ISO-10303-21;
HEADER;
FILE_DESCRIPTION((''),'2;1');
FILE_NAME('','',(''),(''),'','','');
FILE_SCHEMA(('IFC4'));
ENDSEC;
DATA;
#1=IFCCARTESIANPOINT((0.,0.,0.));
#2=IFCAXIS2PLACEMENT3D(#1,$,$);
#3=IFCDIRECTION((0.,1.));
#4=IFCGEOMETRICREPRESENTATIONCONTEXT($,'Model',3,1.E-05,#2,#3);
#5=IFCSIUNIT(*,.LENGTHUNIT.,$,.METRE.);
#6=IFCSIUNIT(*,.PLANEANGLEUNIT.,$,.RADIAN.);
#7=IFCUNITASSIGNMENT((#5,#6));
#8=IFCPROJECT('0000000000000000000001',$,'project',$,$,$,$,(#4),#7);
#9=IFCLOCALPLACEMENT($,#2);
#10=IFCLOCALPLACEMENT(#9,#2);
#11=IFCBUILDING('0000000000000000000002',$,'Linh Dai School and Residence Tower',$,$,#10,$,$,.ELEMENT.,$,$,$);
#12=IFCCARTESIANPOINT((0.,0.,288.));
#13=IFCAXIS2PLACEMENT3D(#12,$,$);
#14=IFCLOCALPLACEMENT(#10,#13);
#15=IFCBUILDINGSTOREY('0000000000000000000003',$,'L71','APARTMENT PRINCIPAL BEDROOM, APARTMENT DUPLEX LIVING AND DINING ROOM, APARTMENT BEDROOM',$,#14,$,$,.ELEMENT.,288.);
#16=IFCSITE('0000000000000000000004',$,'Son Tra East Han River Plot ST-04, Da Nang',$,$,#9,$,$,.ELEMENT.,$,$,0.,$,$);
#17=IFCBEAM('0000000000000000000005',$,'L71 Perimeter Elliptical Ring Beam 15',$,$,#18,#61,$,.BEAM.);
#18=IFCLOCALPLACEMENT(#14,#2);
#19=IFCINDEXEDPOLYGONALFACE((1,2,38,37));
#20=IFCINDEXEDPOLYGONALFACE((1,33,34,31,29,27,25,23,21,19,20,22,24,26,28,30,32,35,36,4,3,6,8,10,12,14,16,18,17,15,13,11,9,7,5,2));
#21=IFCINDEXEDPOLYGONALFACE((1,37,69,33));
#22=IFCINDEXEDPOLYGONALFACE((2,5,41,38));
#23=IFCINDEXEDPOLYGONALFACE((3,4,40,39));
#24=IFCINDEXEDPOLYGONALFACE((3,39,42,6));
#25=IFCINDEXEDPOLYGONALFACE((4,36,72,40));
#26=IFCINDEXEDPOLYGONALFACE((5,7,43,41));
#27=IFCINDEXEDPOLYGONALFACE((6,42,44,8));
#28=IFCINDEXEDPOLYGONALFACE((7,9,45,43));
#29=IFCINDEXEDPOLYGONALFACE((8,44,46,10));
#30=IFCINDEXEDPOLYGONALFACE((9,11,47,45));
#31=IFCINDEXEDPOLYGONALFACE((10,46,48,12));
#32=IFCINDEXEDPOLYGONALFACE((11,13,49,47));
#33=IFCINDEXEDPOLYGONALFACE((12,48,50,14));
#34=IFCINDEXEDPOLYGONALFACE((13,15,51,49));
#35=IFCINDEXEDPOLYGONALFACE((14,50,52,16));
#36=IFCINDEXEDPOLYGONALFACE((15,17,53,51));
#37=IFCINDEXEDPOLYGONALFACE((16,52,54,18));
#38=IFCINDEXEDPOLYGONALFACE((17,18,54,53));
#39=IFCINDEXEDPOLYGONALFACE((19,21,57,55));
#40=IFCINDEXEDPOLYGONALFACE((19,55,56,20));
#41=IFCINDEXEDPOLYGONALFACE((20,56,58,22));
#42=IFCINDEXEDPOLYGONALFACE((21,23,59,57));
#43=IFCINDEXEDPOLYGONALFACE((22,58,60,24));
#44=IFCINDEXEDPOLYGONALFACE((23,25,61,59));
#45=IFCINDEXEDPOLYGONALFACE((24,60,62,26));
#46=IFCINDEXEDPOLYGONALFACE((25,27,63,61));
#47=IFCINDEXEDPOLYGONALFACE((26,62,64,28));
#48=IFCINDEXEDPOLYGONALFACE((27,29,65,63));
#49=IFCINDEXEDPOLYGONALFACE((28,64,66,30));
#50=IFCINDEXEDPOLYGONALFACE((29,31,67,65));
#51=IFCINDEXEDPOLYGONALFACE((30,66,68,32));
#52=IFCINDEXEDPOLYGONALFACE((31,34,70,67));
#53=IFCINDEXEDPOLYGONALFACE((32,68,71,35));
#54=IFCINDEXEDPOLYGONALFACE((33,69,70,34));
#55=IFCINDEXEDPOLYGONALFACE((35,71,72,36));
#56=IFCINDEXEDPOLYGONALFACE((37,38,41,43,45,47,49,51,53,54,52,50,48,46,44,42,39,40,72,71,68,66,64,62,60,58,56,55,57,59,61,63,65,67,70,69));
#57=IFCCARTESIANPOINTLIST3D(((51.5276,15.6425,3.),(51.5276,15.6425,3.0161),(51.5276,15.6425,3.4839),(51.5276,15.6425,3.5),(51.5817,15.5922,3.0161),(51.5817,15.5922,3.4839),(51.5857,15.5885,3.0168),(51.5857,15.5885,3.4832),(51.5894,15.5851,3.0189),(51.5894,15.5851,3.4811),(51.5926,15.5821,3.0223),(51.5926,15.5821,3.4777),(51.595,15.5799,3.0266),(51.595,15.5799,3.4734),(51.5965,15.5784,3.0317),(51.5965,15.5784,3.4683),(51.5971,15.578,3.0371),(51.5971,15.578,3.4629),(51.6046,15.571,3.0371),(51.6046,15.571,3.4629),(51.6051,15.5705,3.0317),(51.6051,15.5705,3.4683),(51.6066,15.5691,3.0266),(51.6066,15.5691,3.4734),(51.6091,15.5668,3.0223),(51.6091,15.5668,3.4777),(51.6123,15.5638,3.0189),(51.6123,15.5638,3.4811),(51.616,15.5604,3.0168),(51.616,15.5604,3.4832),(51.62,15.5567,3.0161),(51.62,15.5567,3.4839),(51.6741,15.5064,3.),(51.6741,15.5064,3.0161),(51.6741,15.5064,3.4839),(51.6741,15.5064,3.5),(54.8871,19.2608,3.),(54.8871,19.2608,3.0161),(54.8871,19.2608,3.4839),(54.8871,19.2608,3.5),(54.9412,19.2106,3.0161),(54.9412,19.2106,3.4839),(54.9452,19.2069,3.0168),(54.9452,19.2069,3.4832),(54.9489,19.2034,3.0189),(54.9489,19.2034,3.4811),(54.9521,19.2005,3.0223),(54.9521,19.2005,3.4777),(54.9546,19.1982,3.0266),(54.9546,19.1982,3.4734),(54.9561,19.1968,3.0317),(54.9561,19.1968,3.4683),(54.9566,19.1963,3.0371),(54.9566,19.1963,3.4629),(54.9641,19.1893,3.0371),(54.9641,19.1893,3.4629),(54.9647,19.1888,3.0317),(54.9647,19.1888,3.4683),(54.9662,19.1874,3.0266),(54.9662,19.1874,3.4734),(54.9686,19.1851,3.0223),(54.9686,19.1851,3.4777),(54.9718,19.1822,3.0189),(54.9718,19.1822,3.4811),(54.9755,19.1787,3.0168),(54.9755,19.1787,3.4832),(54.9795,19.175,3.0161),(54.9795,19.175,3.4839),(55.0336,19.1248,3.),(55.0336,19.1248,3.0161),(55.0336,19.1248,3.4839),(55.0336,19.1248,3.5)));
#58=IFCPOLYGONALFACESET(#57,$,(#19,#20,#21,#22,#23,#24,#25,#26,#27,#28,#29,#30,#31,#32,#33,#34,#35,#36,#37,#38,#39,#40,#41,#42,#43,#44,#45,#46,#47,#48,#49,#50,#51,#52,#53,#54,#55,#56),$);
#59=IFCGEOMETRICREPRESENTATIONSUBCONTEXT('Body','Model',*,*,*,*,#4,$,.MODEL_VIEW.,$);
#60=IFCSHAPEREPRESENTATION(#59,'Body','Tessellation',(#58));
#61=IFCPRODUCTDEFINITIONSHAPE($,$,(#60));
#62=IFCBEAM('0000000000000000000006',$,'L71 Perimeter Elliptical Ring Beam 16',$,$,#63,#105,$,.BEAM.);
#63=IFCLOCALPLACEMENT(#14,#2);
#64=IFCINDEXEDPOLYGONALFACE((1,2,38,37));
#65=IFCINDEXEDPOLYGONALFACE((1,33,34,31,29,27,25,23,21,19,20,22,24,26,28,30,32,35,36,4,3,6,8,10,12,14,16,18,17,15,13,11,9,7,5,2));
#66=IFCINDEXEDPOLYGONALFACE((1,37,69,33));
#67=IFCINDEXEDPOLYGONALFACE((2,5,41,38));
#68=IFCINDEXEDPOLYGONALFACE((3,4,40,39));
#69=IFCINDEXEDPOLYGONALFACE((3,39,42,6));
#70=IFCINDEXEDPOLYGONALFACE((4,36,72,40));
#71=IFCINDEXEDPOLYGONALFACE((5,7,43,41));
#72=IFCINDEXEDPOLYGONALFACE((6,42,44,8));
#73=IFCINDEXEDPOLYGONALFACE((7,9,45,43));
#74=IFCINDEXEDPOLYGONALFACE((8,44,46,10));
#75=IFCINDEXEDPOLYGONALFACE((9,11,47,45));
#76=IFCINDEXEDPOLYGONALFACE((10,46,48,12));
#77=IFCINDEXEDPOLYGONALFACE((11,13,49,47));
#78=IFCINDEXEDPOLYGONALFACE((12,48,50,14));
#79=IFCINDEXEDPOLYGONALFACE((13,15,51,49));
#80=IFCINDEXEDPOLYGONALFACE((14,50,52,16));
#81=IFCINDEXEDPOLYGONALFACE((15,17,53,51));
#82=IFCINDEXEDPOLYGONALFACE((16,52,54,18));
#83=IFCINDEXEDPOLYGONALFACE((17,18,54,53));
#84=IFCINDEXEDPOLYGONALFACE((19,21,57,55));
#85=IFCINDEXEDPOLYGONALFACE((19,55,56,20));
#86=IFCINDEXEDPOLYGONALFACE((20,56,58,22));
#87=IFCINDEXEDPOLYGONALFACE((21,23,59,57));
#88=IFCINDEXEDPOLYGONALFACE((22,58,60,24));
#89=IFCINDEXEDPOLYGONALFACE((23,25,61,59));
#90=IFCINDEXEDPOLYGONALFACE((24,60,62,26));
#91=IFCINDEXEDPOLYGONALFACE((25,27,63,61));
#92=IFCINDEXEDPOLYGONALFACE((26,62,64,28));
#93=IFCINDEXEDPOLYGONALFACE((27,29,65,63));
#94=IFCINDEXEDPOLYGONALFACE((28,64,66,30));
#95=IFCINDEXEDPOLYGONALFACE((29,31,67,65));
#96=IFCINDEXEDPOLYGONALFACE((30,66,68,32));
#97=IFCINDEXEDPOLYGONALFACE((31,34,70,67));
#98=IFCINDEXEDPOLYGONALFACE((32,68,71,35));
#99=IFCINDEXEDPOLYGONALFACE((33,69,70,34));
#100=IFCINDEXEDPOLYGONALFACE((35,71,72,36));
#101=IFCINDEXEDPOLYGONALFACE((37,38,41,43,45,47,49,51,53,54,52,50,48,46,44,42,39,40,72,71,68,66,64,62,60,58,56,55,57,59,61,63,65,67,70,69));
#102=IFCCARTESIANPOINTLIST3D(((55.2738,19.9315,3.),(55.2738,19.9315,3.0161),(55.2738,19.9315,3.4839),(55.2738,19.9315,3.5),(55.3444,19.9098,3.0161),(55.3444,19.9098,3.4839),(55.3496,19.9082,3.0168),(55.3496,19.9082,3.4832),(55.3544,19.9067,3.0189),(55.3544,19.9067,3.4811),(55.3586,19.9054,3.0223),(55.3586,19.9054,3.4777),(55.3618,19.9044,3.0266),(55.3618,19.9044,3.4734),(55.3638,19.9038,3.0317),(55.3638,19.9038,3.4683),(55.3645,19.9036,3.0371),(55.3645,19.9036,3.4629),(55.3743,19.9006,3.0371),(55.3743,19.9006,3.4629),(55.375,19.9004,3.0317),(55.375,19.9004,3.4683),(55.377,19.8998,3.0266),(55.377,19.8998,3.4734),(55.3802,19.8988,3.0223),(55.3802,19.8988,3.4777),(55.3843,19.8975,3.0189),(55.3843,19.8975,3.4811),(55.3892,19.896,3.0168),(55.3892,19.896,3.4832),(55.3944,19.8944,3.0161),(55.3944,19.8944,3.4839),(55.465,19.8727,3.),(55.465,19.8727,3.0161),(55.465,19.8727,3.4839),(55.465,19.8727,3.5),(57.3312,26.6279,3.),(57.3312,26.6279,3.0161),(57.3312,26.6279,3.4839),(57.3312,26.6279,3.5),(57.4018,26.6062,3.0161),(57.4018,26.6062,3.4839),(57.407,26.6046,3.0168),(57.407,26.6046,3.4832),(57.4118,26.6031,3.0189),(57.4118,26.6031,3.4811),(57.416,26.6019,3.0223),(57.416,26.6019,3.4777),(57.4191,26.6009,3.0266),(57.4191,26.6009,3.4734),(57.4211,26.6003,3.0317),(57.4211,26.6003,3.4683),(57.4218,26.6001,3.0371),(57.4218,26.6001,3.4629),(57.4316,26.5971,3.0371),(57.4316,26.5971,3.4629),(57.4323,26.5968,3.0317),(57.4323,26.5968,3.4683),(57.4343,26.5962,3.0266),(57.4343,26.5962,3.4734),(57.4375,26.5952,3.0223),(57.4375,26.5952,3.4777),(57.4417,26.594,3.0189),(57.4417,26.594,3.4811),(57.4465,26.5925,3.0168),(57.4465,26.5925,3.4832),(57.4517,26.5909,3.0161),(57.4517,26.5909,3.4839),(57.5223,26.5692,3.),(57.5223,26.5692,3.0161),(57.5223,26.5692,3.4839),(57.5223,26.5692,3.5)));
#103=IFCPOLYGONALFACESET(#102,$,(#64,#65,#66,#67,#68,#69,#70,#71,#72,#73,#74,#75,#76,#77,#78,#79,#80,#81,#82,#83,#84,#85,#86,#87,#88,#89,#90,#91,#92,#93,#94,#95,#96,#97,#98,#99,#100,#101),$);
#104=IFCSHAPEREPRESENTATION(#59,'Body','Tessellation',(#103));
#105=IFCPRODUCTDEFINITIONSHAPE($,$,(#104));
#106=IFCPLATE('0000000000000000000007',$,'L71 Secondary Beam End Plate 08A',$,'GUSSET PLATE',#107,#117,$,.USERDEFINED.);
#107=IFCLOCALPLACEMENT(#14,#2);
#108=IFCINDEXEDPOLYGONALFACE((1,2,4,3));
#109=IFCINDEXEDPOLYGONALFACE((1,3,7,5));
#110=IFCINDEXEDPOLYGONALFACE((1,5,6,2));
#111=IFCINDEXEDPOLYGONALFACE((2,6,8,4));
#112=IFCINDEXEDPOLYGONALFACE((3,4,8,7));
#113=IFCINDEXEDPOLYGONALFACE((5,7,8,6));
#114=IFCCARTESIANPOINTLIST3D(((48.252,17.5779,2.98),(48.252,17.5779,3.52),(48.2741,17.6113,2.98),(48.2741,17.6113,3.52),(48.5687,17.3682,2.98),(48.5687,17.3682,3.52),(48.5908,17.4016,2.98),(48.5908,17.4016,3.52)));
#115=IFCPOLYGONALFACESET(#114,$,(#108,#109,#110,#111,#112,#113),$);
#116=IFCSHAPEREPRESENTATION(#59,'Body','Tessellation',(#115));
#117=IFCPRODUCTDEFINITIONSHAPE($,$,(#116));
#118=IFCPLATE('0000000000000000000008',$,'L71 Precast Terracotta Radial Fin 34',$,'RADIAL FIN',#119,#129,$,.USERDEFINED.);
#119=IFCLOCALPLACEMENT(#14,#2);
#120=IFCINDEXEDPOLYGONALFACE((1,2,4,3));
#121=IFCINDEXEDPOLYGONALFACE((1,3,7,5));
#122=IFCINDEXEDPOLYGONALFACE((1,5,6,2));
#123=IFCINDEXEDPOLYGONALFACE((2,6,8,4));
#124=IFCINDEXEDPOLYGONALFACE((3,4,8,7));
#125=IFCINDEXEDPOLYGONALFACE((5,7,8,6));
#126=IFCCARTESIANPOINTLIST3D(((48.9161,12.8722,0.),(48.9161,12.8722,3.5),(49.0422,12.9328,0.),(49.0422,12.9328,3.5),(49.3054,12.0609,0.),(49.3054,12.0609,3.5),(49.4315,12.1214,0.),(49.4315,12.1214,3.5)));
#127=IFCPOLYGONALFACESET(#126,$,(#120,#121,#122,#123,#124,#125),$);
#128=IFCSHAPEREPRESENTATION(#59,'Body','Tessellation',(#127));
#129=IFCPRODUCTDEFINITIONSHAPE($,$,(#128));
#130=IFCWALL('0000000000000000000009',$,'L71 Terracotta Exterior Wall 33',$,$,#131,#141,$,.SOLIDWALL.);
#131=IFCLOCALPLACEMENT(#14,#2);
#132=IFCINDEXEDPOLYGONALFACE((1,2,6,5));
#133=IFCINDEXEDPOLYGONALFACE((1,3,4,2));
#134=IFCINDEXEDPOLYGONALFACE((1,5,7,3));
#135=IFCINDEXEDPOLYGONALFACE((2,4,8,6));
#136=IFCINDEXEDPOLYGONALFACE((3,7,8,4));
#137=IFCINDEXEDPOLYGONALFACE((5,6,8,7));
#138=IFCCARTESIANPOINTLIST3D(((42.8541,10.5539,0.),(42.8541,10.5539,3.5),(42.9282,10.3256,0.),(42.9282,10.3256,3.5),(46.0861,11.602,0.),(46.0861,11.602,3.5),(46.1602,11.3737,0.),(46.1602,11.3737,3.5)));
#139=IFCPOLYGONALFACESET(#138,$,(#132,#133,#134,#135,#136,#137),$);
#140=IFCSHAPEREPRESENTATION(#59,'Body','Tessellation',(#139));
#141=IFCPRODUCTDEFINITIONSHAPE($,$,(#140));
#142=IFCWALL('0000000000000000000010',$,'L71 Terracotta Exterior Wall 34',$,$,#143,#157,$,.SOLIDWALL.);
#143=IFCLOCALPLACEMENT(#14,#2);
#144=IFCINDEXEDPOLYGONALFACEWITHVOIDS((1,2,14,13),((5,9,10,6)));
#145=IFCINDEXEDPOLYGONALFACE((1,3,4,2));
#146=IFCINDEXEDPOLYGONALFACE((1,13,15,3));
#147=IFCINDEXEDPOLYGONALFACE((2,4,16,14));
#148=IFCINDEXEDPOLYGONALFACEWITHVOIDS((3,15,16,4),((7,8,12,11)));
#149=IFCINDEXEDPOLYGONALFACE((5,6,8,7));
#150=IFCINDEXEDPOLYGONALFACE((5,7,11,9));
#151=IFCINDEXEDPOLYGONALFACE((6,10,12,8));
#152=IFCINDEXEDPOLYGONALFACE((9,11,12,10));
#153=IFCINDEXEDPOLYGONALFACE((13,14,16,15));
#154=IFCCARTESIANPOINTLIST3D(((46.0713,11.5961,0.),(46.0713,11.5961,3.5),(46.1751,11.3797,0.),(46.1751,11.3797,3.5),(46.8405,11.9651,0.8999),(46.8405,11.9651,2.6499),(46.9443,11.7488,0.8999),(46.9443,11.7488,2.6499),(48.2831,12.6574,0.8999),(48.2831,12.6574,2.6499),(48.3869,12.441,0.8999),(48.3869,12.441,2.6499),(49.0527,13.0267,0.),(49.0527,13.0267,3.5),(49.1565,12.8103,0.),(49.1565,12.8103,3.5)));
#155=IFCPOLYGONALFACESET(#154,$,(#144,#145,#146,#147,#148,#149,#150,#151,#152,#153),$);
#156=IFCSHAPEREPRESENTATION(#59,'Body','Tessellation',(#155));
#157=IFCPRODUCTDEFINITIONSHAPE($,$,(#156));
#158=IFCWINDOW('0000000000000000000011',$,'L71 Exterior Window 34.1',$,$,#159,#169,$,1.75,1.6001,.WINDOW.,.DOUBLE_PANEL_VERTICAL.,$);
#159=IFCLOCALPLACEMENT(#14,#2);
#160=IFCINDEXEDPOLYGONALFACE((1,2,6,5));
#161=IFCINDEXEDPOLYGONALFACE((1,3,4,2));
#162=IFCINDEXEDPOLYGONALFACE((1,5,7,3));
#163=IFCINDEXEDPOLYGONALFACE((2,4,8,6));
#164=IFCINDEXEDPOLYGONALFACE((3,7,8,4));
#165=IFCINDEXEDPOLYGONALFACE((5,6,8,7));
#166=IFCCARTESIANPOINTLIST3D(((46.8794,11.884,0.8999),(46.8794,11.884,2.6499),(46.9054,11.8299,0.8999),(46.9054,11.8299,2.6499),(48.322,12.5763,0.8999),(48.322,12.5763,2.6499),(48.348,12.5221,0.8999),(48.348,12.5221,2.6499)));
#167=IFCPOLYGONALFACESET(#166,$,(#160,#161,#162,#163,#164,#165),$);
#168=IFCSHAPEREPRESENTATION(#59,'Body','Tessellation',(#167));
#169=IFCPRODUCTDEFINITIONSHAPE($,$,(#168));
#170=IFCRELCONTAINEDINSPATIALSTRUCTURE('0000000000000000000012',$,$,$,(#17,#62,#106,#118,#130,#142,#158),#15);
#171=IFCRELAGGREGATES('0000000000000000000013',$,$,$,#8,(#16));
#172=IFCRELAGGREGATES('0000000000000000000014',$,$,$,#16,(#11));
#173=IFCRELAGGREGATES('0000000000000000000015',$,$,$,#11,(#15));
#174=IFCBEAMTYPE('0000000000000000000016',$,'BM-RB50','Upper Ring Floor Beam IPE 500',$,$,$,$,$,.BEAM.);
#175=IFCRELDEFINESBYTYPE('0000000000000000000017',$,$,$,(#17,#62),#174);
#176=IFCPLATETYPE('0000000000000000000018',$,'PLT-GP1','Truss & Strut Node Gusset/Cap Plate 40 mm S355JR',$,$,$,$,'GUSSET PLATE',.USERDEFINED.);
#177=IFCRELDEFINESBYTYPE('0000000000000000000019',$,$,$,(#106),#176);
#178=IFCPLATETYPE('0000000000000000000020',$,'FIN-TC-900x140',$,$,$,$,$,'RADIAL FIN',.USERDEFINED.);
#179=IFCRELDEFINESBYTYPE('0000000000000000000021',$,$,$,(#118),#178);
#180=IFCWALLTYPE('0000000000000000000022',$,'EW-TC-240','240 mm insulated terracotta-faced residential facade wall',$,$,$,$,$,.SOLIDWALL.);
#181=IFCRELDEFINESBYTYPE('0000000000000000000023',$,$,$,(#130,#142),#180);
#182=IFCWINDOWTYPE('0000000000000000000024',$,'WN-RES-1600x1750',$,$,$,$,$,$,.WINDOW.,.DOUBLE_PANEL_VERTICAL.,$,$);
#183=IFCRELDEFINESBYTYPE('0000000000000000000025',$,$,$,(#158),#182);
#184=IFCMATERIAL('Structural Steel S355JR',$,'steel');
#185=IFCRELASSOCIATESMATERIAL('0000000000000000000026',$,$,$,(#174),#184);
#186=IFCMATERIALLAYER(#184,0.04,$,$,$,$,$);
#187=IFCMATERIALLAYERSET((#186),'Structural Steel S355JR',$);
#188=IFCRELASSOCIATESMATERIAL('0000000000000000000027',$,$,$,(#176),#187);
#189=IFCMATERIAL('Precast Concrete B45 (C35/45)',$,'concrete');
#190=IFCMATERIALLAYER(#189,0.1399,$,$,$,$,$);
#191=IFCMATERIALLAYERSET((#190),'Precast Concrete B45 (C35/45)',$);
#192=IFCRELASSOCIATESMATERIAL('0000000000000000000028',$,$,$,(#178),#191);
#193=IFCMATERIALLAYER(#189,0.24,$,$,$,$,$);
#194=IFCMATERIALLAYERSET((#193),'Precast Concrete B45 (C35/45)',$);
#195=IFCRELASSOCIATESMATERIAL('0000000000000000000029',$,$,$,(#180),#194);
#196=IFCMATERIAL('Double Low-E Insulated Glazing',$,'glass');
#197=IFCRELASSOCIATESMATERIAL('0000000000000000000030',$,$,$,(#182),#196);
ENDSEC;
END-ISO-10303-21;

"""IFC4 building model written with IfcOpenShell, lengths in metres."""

from ifc_helpers import new_model, si_unit, direction, frame, frame_2d, origin, origin_2d, place, context, subcontext, project, spatial, rectangle, i_section, extrude, source, transform, mapped, material, layer, layer_set, material_profile, profile_set, type_object, element, fill, save


model = new_model("IFC4")

# Units and contexts
model_context = context("Model", 3, precision=1e-05, world=origin(), true_north=direction((0.0, 1.0)))
body_context = subcontext(model_context, "Body", "Model", "MODEL_VIEW")
ifc_project = project(units=[si_unit("LENGTHUNIT", "METRE"), si_unit("PLANEANGLEUNIT", "RADIAN")], contexts=[model_context])

# Site, building, storey
site_placement = place(None, origin())
site = spatial("IfcSite", under=ifc_project, at=site_placement, Name="Son Tra East Han River Plot ST-04, Da Nang", CompositionType="ELEMENT", RefElevation=0.0)
building_placement = place(site_placement, origin())
building = spatial("IfcBuilding", under=site, at=building_placement, Name="Linh Dai School and Residence Tower", CompositionType="ELEMENT")
storey_placement = place(building_placement, frame((0.0, 0.0, 288.0)))
storey = spatial("IfcBuildingStorey", under=building, at=storey_placement, Name="L71", Description="APARTMENT PRINCIPAL BEDROOM, APARTMENT DUPLEX LIVING AND DINING ROOM, APARTMENT BEDROOM", CompositionType="ELEMENT", Elevation=288.0)

# Shared definitions
ifc_material_1 = material(Name="Structural Steel S355JR", Category="steel")

# Beams
ifc_material_profile_1 = material_profile(ifc_material_1, i_section(OverallWidth=0.2, OverallDepth=0.5, WebThickness=0.0103, FlangeThickness=0.0161, FilletRadius=0.021, at=origin_2d()), Name="IPE 500")
ifc_profile_set_1 = profile_set([ifc_material_profile_1], Name="Structural Steel S355JR")
beam_type_1 = type_object("IfcBeamType", Name="BM-RB50", Description="Upper Ring Floor Beam IPE 500", PredefinedType="BEAM", material=ifc_profile_set_1)
beam_1_placement = place(storey_placement, frame((51.6008, 15.5745, 3.25), z_axis=(0.680415, 0.732827, 0.0), x_axis=(-0.732827, 0.680415, 0.0)))
element("IfcBeam", 1, at=beam_1_placement, inside=storey, type_object=beam_type_1, Name="L71 Perimeter Elliptical Ring Beam 15", PredefinedType="BEAM", context=body_context, shape_type="SweptSolid", body=[
    extrude(i_section(OverallWidth=0.2, OverallDepth=0.5, WebThickness=0.0103, FlangeThickness=0.0161, FilletRadius=0.021, at=origin_2d()), origin(), (0.0, 0.0, 1.0), 4.9375),
])
beam_2_placement = place(storey_placement, frame((55.3694, 19.9021, 3.25), z_axis=(0.293682, 0.955903, 0.0), x_axis=(-0.955903, 0.293682, 0.0)))
element("IfcBeam", 2, at=beam_2_placement, inside=storey, type_object=beam_type_1, Name="L71 Perimeter Elliptical Ring Beam 16", PredefinedType="BEAM", context=body_context, shape_type="SweptSolid", body=[
    extrude(i_section(OverallWidth=0.2, OverallDepth=0.5, WebThickness=0.0103, FlangeThickness=0.0161, FilletRadius=0.021, at=origin_2d()), origin(), (0.0, 0.0, 1.0), 7.0054),
])

# Plates
ifc_layer_1 = layer(ifc_material_1, 0.04)
ifc_layer_set_1 = layer_set([ifc_layer_1], Name="Structural Steel S355JR")
plate_type_1 = type_object("IfcPlateType", Name="PLT-GP1", Description="Truss & Strut Node Gusset/Cap Plate 40 mm S355JR", ElementType="GUSSET PLATE", PredefinedType="USERDEFINED", material=ifc_layer_set_1)
shared_shape_1 = source(origin(), body_context, "Body", "SweptSolid", [
    extrude(rectangle(XDim=0.04, YDim=0.3799, at=origin_2d()), origin(), (0.0, 0.0, 1.0), 0.54),
])
plate_1_placement = place(storey_placement, frame((48.4214, 17.4897, 2.98), z_axis=(0.0, 0.0, 1.0), x_axis=(0.552122, 0.833763, 0.0)))
element("IfcPlate", 3, at=plate_1_placement, inside=storey, type_object=plate_type_1, Name="L71 Secondary Beam End Plate 08A", ObjectType="GUSSET PLATE", PredefinedType="USERDEFINED", context=body_context, shape_type="MappedRepresentation", body=[
    mapped(shared_shape_1, transform((0.0, 0.0, 0.0), x_axis=(1.0, 0.0, 0.0), y_axis=(0.0, 1.0, 0.0), z_axis=(0.0, 0.0, 1.0), scale=1.0)),
])
ifc_material_2 = material(Name="Precast Concrete B45 (C35/45)", Category="concrete")
ifc_layer_2 = layer(ifc_material_2, 0.1399)
ifc_layer_set_2 = layer_set([ifc_layer_2], Name="Precast Concrete B45 (C35/45)")
plate_type_2 = type_object("IfcPlateType", Name="FIN-TC-900x140", ElementType="RADIAL FIN", PredefinedType="USERDEFINED", material=ifc_layer_set_2)
shared_shape_2 = source(origin(), body_context, "Body", "SweptSolid", [
    extrude(rectangle(XDim=0.8999, YDim=0.1399, at=origin_2d()), origin(), (0.0, 0.0, 1.0), 3.5),
])
plate_2_placement = place(storey_placement, frame((49.1738, 12.4968, 0.0), z_axis=(0.0, 0.0, 1.0), x_axis=(0.432612, -0.90158, 0.0)))
element("IfcPlate", 4, at=plate_2_placement, inside=storey, type_object=plate_type_2, Name="L71 Precast Terracotta Radial Fin 34", ObjectType="RADIAL FIN", PredefinedType="USERDEFINED", context=body_context, shape_type="MappedRepresentation", body=[
    mapped(shared_shape_2, transform((0.0, 0.0, 0.0), x_axis=(1.0, 0.0, 0.0), y_axis=(0.0, 1.0, 0.0), z_axis=(0.0, 0.0, 1.0), scale=1.0)),
])

# Wall
ifc_layer_3 = layer(ifc_material_2, 0.24)
ifc_layer_set_3 = layer_set([ifc_layer_3], Name="Precast Concrete B45 (C35/45)")
wall_type_1 = type_object("IfcWallType", Name="EW-TC-240", Description="240 mm insulated terracotta-faced residential facade wall", PredefinedType="SOLIDWALL", material=ifc_layer_set_3)
wall_1_placement = place(storey_placement, frame((46.123, 11.4878, 0.0), z_axis=(0.0, 0.0, 1.0), x_axis=(-0.951231, -0.308478, 0.0)))
element("IfcWall", 5, at=wall_1_placement, inside=storey, type_object=wall_type_1, Name="L71 Terracotta Exterior Wall 33", PredefinedType="SOLIDWALL", context=body_context, shape_type="SweptSolid", body=[
    extrude(rectangle(XDim=3.3977, YDim=0.24, at=frame_2d((1.6987, 0.0))), origin(), (0.0, 0.0, 1.0), 3.5),
])

# Wall, opening, window
wall_2_placement = place(storey_placement, frame((49.1045, 12.9185, 0.0), z_axis=(0.0, 0.0, 1.0), x_axis=(-0.901574, -0.432625, 0.0)))
wall_2 = element("IfcWall", 6, at=wall_2_placement, inside=storey, type_object=wall_type_1, Name="L71 Terracotta Exterior Wall 34", PredefinedType="SOLIDWALL", context=body_context, shape_type="SweptSolid", body=[
    extrude(rectangle(XDim=3.3069, YDim=0.24, at=frame_2d((1.6533, 0.0))), origin(), (0.0, 0.0, 1.0), 3.5),
])
opening_1_placement = place(wall_2_placement, frame((0.8535, 0.0, 0.8999)))
opening_1 = element("IfcOpeningElement", 7, at=opening_1_placement, cuts=wall_2, PredefinedType="OPENING", context=body_context, shape_type="SweptSolid", body=[
    extrude(rectangle(XDim=1.6001, YDim=1.75, at=origin_2d()), frame((0.8, 0.1299, 0.875), z_axis=(0.0, -1.0, 0.0), x_axis=(1.0, 0.0, 0.0)), (0.0, 0.0, 1.0), 0.26),
])
ifc_material_3 = material(Name="Double Low-E Insulated Glazing", Category="glass")
window_type_1 = type_object("IfcWindowType", Name="WN-RES-1600x1750", PartitioningType="DOUBLE_PANEL_VERTICAL", PredefinedType="WINDOW", material=ifc_material_3)
shared_shape_3 = source(origin(), body_context, "Body", "SweptSolid", [
    extrude(rectangle(XDim=1.6001, YDim=1.75, at=origin_2d()), frame((0.8, 0.03, 0.875), z_axis=(0.0, -1.0, 0.0), x_axis=(1.0, 0.0, 0.0)), (0.0, 0.0, 1.0), 0.0601),
])
window_1_placement = place(opening_1_placement, origin())
window_1 = element("IfcWindow", 8, at=window_1_placement, inside=storey, type_object=window_type_1, Name="L71 Exterior Window 34.1", OverallHeight=1.75, OverallWidth=1.6001, PartitioningType="DOUBLE_PANEL_VERTICAL", PredefinedType="WINDOW", context=body_context, shape_type="MappedRepresentation", body=[
    mapped(shared_shape_3, transform((0.0, 0.0, 0.0), x_axis=(1.0, 0.0, 0.0), y_axis=(0.0, 1.0, 0.0), z_axis=(0.0, 0.0, 1.0), scale=1.0)),
])
fill(opening_1, window_1)

save(model, "model.ifc")
